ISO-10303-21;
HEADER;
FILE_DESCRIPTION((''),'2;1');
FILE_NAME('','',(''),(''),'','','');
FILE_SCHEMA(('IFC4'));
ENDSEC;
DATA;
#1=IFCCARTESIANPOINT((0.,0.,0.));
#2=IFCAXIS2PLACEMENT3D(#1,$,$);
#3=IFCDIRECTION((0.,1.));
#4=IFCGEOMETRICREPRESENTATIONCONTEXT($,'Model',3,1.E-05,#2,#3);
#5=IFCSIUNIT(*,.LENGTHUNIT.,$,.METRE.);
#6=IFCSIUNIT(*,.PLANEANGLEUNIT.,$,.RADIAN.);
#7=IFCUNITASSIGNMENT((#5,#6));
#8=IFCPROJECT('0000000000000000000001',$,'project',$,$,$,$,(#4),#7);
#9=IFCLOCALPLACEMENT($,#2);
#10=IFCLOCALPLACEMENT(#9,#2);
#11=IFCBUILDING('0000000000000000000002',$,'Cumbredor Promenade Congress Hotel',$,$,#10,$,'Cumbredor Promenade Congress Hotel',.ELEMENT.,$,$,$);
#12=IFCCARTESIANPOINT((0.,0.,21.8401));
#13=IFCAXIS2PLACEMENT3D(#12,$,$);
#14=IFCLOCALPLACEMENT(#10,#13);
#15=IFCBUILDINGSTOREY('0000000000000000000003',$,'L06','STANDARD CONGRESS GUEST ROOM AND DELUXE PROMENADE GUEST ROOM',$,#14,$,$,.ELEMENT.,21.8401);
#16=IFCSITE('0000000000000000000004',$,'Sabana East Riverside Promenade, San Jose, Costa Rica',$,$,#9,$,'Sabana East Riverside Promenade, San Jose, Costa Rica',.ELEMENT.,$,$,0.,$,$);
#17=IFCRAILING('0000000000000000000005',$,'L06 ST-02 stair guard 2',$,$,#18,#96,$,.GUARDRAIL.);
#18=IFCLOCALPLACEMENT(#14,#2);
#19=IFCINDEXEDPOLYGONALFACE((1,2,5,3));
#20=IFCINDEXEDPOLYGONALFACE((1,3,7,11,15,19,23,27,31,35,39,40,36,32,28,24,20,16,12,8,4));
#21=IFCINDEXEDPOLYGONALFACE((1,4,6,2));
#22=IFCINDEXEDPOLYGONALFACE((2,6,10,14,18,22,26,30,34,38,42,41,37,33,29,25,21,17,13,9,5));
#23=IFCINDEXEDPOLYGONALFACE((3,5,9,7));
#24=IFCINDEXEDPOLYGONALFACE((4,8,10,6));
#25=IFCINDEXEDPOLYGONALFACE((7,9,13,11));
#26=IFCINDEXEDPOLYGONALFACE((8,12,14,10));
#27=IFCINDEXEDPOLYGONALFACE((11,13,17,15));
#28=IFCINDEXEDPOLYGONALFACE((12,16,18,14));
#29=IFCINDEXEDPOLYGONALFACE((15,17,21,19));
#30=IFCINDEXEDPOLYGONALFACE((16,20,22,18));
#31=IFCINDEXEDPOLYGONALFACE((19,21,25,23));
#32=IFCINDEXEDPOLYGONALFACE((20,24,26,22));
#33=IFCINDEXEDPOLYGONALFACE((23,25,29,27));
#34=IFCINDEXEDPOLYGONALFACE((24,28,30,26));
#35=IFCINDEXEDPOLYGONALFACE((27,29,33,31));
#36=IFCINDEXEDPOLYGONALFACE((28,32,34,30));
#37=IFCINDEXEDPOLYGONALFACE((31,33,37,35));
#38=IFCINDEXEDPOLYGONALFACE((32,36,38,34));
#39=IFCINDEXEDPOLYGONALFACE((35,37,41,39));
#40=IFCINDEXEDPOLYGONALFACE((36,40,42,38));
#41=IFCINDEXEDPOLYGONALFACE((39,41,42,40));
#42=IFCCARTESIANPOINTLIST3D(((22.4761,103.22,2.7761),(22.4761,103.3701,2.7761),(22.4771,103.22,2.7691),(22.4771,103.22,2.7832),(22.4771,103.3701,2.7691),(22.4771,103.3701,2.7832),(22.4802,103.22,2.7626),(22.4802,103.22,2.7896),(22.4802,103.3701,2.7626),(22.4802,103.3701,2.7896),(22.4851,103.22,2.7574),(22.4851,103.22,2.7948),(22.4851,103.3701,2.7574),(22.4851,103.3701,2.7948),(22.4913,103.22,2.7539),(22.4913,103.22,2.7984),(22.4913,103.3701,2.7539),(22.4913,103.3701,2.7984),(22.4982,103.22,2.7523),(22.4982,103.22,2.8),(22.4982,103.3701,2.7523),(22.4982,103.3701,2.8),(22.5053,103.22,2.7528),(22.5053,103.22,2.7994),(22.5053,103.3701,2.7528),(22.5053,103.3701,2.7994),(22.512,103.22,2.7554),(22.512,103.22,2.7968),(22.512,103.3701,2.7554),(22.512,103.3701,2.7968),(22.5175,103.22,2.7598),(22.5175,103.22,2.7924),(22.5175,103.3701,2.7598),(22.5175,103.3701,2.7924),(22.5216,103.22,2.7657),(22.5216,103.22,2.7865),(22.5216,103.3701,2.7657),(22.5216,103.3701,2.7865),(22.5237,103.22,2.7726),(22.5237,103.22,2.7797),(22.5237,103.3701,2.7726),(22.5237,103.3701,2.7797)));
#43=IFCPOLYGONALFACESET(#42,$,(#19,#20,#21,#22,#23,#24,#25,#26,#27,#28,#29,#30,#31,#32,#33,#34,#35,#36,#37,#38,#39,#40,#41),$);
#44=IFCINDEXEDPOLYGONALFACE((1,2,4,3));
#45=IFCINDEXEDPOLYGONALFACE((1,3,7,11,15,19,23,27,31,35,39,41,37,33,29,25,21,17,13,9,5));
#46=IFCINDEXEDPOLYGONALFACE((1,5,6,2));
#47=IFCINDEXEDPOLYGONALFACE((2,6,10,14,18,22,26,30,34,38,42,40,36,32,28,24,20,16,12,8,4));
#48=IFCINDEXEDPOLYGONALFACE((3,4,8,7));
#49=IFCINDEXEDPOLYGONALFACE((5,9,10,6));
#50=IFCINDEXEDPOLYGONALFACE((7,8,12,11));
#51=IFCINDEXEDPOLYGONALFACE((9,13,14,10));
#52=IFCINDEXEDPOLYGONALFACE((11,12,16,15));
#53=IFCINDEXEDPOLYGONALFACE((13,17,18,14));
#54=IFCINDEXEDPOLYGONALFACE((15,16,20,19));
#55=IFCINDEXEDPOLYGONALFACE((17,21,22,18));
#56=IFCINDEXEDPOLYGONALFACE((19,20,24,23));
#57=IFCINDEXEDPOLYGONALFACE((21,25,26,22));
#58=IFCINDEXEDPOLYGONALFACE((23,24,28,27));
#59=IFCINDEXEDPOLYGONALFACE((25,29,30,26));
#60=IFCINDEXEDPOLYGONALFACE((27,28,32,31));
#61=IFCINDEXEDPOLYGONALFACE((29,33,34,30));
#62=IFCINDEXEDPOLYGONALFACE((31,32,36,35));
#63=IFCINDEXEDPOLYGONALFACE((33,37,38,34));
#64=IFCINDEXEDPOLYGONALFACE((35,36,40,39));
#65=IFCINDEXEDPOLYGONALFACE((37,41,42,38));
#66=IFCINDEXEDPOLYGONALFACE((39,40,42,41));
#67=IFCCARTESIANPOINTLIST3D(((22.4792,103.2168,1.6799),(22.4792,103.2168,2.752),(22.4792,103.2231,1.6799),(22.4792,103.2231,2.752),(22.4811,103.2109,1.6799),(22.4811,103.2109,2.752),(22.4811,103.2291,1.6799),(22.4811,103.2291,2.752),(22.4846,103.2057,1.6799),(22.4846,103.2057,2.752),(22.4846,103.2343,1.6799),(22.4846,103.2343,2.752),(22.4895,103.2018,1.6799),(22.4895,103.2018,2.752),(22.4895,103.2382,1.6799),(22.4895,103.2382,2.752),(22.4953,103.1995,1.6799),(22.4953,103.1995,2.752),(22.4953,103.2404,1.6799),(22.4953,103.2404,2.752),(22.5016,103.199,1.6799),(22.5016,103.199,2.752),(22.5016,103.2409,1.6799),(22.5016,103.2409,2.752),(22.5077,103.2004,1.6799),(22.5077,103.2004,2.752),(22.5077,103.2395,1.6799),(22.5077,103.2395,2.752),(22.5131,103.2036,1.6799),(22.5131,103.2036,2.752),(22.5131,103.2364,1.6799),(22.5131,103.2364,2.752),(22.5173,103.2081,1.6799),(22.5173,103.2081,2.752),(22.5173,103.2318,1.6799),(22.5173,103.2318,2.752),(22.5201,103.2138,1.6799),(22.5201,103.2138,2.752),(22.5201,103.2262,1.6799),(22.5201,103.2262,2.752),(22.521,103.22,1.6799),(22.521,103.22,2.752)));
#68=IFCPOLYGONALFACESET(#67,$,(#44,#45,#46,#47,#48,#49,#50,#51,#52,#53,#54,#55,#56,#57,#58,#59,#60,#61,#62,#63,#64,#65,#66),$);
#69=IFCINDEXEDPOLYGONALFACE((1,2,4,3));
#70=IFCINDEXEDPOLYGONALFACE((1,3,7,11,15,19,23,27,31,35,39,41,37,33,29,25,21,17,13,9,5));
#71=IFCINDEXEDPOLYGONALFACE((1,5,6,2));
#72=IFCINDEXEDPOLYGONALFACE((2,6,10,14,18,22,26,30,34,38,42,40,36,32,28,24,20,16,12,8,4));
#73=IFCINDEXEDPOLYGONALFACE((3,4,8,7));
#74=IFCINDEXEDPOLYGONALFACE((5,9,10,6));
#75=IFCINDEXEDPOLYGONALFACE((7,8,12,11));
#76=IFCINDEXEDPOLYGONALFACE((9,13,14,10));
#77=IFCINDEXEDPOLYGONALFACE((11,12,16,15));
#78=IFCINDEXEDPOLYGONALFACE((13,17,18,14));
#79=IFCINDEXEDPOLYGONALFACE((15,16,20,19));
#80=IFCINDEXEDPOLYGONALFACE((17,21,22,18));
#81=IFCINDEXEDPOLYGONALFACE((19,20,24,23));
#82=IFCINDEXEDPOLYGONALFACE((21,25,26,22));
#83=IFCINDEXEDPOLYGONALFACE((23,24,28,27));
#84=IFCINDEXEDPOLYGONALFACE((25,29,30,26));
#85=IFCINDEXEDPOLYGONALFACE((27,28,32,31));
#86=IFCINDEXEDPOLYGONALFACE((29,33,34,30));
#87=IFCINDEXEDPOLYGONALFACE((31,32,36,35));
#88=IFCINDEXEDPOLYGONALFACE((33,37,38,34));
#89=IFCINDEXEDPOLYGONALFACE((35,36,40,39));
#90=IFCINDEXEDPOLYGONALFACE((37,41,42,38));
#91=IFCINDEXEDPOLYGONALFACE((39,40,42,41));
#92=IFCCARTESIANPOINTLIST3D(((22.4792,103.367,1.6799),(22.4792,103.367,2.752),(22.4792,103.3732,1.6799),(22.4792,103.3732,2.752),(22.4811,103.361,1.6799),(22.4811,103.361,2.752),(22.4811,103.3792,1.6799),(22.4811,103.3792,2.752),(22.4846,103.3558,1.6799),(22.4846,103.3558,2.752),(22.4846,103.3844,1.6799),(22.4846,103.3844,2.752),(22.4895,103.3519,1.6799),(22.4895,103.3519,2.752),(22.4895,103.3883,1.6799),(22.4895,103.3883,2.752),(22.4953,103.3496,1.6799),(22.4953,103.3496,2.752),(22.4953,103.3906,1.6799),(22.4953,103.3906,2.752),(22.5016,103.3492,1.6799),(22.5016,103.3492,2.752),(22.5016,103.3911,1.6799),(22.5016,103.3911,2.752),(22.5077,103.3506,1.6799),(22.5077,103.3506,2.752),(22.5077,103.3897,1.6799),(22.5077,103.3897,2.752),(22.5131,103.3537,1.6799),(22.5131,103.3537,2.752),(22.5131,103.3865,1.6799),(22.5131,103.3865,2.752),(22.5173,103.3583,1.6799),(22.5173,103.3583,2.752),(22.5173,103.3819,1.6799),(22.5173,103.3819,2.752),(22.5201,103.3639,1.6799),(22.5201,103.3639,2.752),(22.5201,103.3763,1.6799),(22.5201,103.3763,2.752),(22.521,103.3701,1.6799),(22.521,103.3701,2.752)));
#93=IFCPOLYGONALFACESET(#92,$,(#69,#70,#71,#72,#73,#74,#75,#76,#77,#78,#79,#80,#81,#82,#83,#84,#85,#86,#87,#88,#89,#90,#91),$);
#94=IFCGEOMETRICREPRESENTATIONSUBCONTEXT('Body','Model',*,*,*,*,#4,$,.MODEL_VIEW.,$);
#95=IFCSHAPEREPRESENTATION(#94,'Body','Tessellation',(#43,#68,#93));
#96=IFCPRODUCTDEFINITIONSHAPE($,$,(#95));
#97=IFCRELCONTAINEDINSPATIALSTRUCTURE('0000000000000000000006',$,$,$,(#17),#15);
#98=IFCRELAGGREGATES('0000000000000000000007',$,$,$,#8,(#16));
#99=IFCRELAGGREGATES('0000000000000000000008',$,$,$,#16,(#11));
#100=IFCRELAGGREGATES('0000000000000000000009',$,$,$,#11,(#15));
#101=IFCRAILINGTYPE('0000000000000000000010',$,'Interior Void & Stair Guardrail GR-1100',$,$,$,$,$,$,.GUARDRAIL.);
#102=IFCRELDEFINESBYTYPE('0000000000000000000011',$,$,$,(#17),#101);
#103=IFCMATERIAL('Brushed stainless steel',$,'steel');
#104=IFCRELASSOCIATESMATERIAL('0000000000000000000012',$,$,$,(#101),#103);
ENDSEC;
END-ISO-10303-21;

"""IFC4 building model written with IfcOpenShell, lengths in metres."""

from ifc_helpers import new_model, si_unit, direction, frame, origin, origin_2d, place, context, subcontext, project, spatial, circle, extrude, material, type_object, element, save


model = new_model("IFC4")

# Units and contexts
model_context = context("Model", 3, precision=1e-05, world=origin(), true_north=direction((0.0, 1.0)))
body_context = subcontext(model_context, "Body", "Model", "MODEL_VIEW")
ifc_project = project(units=[si_unit("LENGTHUNIT", "METRE"), si_unit("PLANEANGLEUNIT", "RADIAN")], contexts=[model_context])

# Site, building, storey
site_placement = place(None, origin())
site = spatial("IfcSite", under=ifc_project, at=site_placement, Name="Sabana East Riverside Promenade, San Jose, Costa Rica", LongName="Sabana East Riverside Promenade, San Jose, Costa Rica", CompositionType="ELEMENT", RefElevation=0.0)
building_placement = place(site_placement, origin())
building = spatial("IfcBuilding", under=site, at=building_placement, Name="Cumbredor Promenade Congress Hotel", LongName="Cumbredor Promenade Congress Hotel", CompositionType="ELEMENT")
storey_placement = place(building_placement, frame((0.0, 0.0, 21.8401)))
storey = spatial("IfcBuildingStorey", under=building, at=storey_placement, Name="L06", Description="STANDARD CONGRESS GUEST ROOM AND DELUXE PROMENADE GUEST ROOM", CompositionType="ELEMENT", Elevation=21.8401)

# Railing
ifc_material_1 = material(Name="Brushed stainless steel", Category="steel")
railing_type_1 = type_object("IfcRailingType", Name="Interior Void & Stair Guardrail GR-1100", PredefinedType="GUARDRAIL", material=ifc_material_1)
railing_1_placement = place(storey_placement, frame((22.5, 103.22, 1.6799)))
element("IfcRailing", 1, at=railing_1_placement, inside=storey, type_object=railing_type_1, Name="L06 ST-02 stair guard 2", PredefinedType="GUARDRAIL", context=body_context, shape_type="SweptSolid", body=[
    extrude(circle(Radius=0.0239, at=origin_2d()), frame((0.0, 0.0, 1.0962), z_axis=(0.0, 1.0, 0.0), x_axis=(-1.0, 0.0, 0.0)), (0.0, 0.0, 1.0), 0.1501),
    extrude(circle(Radius=0.021, at=origin_2d()), origin(), (0.0, 0.0, 1.0), 1.072),
    extrude(circle(Radius=0.021, at=origin_2d()), frame((0.0, 0.1501, 0.0)), (0.0, 0.0, 1.0), 1.072),
])

save(model, "model.ifc")
